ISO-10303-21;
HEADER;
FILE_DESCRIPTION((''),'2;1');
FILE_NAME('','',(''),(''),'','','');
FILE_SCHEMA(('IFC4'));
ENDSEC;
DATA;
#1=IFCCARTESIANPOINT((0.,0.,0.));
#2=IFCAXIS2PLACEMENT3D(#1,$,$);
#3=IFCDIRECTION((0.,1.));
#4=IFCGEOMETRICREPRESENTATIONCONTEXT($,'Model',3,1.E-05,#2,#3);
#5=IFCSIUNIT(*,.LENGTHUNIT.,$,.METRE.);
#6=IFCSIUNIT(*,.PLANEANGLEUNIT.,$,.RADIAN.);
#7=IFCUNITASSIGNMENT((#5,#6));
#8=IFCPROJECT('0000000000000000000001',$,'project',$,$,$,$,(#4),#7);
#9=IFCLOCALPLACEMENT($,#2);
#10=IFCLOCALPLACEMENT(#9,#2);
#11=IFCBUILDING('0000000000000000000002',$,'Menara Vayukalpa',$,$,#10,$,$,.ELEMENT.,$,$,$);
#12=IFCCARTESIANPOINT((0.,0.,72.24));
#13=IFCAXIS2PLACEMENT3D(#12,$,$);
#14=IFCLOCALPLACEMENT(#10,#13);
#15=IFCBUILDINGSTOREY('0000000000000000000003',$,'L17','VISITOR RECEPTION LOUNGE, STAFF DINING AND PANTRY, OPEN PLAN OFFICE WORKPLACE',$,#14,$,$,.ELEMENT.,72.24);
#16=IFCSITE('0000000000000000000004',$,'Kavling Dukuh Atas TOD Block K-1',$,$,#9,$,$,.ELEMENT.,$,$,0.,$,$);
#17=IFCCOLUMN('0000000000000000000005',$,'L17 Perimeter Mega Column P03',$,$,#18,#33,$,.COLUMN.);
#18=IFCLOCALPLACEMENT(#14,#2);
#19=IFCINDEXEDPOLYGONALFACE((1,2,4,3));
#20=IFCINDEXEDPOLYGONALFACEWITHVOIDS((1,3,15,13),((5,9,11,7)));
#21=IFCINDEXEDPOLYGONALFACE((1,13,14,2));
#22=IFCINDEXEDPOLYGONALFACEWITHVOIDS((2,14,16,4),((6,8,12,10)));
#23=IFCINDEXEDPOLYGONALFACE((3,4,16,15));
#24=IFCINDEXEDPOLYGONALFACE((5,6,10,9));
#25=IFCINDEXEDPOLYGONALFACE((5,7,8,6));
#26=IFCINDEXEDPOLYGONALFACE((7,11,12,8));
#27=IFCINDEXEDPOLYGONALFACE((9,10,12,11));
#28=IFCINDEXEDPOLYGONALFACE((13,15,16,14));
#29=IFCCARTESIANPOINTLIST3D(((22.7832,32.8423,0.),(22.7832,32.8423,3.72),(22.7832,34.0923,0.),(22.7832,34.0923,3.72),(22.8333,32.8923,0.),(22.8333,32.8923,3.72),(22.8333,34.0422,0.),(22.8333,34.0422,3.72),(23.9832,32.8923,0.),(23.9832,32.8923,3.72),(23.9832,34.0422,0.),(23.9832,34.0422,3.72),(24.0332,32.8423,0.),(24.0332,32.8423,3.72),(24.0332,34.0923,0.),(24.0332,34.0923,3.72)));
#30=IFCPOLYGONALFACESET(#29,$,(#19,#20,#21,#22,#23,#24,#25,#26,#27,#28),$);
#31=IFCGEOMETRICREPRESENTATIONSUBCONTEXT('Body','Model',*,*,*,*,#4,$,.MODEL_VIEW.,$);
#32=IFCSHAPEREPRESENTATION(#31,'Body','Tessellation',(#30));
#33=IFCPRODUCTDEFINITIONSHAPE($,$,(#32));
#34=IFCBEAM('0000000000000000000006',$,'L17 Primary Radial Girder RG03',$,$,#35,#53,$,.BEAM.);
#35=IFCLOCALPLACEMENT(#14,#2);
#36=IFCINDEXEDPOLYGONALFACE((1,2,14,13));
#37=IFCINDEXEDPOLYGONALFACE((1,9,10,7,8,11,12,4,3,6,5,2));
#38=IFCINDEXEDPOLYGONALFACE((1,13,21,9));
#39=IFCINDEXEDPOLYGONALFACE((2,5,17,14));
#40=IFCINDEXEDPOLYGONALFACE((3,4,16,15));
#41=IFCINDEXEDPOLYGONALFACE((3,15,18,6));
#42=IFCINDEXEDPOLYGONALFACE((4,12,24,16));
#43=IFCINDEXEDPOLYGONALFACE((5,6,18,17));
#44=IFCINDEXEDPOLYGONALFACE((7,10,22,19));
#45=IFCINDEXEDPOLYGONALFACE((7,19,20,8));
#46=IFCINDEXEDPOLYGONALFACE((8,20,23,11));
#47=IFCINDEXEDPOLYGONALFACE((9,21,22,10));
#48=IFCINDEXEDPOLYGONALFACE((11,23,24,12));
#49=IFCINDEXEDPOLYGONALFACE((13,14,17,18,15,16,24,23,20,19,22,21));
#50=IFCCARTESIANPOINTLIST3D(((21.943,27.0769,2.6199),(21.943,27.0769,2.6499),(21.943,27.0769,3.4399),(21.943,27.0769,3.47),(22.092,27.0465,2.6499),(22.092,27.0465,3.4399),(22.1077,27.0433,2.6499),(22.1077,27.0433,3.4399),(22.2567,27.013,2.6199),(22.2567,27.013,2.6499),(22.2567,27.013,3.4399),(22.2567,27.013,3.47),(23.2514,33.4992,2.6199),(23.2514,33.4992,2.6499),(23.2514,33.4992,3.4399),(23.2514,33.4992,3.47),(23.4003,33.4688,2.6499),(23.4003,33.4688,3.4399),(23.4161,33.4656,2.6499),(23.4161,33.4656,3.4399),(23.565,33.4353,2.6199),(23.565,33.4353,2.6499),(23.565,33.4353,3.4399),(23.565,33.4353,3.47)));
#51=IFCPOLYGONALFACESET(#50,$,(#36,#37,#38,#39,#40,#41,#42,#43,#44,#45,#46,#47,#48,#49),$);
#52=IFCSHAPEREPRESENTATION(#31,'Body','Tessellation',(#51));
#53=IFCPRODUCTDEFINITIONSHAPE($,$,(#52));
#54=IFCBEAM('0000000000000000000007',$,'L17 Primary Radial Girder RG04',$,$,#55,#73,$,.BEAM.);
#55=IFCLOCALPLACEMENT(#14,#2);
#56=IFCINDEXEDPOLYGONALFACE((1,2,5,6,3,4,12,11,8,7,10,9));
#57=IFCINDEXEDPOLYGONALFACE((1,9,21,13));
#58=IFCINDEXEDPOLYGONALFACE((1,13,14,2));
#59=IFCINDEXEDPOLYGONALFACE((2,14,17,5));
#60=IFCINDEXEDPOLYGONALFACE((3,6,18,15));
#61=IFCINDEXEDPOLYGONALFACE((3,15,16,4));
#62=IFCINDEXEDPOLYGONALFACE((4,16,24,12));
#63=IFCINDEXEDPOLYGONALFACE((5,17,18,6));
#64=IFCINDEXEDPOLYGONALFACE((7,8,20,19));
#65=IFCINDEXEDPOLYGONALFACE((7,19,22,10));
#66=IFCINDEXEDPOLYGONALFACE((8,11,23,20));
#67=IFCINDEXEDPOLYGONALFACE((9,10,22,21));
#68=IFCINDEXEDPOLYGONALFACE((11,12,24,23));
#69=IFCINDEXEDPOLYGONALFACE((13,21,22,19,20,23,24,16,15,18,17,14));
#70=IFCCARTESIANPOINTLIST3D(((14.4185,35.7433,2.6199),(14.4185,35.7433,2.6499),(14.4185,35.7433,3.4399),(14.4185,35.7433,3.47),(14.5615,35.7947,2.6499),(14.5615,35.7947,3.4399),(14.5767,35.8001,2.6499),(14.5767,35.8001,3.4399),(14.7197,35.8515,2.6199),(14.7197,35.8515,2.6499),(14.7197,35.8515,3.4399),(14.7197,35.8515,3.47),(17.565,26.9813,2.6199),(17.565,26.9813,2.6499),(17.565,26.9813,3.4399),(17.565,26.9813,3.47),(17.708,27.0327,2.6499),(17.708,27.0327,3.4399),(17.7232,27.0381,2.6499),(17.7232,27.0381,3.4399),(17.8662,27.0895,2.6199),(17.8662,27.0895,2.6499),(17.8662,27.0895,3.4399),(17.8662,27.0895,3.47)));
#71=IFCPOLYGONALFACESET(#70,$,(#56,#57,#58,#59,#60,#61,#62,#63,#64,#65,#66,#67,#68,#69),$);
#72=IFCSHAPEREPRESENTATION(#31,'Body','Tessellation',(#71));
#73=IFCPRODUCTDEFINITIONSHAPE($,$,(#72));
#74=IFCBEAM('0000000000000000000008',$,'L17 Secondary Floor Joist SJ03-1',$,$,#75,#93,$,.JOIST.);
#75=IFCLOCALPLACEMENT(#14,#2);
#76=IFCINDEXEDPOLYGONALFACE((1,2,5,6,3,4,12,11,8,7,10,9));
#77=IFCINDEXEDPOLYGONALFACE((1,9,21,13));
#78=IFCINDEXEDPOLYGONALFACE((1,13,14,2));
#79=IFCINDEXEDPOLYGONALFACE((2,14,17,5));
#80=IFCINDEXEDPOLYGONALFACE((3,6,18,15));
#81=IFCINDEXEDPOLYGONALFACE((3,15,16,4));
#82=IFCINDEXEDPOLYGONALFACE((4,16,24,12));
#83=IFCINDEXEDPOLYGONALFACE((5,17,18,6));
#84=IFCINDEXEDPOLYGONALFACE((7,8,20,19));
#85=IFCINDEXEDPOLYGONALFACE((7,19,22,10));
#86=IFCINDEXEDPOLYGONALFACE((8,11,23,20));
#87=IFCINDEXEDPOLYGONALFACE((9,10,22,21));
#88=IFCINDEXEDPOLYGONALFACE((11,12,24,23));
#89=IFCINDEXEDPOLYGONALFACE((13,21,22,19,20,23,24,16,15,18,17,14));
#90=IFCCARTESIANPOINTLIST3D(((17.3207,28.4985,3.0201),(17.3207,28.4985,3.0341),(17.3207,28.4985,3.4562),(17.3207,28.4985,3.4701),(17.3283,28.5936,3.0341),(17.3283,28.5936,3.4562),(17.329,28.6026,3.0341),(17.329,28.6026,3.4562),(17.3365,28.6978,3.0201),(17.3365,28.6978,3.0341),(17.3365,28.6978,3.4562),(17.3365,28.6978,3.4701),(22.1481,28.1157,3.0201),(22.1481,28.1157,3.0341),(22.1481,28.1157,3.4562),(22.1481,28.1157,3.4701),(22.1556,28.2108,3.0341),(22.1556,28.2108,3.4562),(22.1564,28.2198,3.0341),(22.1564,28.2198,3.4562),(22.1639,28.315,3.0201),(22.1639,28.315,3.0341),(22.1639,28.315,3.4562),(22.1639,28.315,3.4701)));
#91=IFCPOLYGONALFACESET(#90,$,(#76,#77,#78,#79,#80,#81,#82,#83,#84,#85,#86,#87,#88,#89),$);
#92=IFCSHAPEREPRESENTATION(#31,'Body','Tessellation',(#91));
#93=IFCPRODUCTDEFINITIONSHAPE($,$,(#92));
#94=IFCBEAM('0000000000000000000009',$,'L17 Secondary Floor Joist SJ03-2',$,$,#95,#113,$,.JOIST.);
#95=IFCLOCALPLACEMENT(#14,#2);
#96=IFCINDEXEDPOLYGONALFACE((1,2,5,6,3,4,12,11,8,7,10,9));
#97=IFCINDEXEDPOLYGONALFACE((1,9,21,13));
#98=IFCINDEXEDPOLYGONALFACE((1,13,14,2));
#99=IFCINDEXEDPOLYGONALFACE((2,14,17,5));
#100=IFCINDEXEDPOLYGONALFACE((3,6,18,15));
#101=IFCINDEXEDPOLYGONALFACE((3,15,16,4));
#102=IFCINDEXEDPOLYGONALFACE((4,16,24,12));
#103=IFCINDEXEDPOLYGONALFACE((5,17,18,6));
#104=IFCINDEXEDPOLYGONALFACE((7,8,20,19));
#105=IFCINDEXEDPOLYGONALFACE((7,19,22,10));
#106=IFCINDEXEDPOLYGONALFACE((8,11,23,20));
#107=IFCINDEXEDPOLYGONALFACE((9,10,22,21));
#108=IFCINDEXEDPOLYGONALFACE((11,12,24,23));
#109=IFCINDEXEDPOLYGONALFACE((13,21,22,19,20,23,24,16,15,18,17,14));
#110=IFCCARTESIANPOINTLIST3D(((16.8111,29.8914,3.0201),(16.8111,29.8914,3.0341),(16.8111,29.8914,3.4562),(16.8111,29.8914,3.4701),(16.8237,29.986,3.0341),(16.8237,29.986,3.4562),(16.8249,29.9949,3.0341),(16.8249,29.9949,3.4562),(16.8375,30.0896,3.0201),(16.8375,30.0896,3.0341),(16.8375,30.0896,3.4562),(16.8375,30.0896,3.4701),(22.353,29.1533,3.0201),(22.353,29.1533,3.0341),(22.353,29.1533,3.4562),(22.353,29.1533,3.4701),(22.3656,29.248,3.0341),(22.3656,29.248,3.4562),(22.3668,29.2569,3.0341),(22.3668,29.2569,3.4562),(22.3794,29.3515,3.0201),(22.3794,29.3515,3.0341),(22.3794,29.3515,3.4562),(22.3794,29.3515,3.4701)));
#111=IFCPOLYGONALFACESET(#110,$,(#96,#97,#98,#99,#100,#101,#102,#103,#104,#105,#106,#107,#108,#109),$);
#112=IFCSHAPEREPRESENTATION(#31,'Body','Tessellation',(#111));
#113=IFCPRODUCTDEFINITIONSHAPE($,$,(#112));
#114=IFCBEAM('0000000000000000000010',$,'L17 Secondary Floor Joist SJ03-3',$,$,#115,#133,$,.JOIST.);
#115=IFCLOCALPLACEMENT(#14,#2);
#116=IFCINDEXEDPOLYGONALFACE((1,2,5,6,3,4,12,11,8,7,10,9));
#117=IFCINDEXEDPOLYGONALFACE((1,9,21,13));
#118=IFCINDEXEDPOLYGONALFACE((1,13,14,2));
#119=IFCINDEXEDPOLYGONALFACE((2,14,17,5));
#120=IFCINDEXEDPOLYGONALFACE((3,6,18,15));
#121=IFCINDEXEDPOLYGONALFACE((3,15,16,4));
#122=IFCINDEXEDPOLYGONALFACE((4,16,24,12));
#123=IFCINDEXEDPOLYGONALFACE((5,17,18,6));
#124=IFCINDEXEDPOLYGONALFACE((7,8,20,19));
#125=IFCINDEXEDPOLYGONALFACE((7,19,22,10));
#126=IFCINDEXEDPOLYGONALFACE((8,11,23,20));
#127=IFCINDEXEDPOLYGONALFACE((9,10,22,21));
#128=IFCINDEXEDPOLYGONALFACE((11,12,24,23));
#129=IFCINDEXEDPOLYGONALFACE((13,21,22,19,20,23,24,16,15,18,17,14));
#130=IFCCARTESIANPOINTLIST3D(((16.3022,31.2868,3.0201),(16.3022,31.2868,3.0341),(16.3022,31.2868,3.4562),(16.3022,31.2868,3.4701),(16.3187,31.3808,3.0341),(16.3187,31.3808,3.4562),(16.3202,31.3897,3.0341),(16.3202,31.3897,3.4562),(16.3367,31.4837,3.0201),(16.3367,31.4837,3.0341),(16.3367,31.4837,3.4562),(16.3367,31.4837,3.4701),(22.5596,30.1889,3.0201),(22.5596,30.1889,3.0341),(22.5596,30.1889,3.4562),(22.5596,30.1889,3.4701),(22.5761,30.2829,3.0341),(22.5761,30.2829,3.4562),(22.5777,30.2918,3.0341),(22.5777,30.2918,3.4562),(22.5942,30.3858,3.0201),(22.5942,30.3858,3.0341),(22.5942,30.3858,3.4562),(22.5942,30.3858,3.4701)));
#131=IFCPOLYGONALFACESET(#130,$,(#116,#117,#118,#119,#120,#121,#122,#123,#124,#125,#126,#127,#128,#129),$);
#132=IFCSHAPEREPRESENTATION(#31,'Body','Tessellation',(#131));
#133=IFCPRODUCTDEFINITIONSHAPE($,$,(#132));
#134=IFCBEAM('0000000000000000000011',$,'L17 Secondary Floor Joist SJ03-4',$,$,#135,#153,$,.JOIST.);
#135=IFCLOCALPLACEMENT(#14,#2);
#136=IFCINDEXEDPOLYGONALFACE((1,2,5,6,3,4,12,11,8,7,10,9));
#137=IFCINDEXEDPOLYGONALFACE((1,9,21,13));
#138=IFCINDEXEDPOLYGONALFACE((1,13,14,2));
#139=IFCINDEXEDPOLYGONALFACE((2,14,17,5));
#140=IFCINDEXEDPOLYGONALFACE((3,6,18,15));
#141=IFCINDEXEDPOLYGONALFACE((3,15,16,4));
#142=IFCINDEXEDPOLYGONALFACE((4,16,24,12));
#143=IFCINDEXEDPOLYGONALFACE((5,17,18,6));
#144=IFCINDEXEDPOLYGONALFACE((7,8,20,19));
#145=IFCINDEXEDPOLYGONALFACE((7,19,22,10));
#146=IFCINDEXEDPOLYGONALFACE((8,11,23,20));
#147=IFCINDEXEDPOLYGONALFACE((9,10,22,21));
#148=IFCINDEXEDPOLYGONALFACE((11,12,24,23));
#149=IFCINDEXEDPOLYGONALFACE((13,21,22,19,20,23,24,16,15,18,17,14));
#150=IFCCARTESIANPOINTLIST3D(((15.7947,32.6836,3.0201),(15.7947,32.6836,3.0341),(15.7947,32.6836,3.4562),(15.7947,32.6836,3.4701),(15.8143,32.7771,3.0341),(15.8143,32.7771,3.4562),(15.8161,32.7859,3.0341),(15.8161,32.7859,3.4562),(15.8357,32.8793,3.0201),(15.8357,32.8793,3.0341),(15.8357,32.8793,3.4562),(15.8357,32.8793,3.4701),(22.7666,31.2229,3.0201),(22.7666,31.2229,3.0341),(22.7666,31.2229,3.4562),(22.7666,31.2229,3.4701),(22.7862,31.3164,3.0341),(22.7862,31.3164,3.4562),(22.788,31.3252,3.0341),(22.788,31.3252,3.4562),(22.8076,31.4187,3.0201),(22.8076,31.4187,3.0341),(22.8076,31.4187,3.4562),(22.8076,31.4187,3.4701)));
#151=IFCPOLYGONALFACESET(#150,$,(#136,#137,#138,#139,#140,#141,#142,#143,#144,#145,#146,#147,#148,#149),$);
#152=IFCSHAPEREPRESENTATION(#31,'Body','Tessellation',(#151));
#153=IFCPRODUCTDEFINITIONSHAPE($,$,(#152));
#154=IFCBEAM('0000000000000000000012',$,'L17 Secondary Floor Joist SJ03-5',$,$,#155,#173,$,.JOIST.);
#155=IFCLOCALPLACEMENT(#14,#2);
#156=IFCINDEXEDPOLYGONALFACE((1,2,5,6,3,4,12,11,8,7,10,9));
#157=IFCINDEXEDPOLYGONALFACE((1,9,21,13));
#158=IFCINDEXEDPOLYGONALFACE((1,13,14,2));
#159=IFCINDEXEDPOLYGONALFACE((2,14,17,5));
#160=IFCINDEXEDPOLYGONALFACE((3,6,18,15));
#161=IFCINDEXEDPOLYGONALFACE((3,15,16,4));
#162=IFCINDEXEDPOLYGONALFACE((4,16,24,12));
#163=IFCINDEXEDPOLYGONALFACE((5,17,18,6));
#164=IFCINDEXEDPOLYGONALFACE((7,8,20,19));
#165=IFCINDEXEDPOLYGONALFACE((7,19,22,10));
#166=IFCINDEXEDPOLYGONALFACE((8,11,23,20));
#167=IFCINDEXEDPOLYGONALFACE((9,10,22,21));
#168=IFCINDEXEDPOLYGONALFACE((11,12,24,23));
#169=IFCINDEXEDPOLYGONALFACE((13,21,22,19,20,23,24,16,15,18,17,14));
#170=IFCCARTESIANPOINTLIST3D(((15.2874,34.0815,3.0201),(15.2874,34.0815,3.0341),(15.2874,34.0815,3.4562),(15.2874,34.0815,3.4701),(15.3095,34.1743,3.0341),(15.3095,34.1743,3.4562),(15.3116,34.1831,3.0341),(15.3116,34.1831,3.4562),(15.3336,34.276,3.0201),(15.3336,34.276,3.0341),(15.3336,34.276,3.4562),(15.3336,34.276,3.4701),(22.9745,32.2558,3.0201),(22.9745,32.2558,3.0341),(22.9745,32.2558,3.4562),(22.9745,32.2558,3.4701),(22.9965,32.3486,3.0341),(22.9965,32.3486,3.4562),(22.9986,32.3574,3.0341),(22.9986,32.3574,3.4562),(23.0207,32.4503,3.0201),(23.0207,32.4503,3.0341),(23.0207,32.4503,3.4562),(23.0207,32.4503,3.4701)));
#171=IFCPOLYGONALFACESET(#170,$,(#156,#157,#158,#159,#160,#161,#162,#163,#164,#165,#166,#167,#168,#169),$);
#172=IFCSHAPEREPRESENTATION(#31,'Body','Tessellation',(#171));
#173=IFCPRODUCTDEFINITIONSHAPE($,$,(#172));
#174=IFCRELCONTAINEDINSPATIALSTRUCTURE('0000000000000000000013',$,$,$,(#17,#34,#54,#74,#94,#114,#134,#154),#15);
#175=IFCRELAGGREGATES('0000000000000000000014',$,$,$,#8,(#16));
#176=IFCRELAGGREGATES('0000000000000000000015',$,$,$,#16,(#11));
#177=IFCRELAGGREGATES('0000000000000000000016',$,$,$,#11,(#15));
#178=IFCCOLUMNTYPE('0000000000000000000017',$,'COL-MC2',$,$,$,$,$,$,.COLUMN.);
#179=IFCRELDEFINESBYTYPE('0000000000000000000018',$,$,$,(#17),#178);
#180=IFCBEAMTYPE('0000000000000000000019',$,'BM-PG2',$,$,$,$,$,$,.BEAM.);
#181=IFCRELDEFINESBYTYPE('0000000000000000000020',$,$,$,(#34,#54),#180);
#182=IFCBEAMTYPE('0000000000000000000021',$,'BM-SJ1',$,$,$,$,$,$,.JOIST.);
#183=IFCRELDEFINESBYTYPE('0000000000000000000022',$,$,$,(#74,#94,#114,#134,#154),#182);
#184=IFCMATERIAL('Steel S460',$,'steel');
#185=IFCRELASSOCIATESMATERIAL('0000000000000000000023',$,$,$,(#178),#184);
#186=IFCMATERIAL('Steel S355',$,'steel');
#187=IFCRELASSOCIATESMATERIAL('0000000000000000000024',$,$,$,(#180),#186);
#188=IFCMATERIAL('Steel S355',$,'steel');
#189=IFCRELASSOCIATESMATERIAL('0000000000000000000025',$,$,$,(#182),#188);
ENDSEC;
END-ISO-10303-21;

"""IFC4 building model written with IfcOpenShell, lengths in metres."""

from ifc_helpers import new_model, si_unit, direction, frame, origin, origin_2d, place, context, subcontext, project, spatial, hollow_rectangle, i_section, extrude, material, material_profile, profile_set, type_object, element, save


model = new_model("IFC4")

# Units and contexts
model_context = context("Model", 3, precision=1e-05, world=origin(), true_north=direction((0.0, 1.0)))
body_context = subcontext(model_context, "Body", "Model", "MODEL_VIEW")
ifc_project = project(units=[si_unit("LENGTHUNIT", "METRE"), si_unit("PLANEANGLEUNIT", "RADIAN")], contexts=[model_context])

# Site, building, storey
site_placement = place(None, origin())
site = spatial("IfcSite", under=ifc_project, at=site_placement, Name="Kavling Dukuh Atas TOD Block K-1", CompositionType="ELEMENT", RefElevation=0.0)
building_placement = place(site_placement, origin())
building = spatial("IfcBuilding", under=site, at=building_placement, Name="Menara Vayukalpa", CompositionType="ELEMENT")
storey_placement = place(building_placement, frame((0.0, 0.0, 72.24)))
storey = spatial("IfcBuildingStorey", under=building, at=storey_placement, Name="L17", Description="VISITOR RECEPTION LOUNGE, STAFF DINING AND PANTRY, OPEN PLAN OFFICE WORKPLACE", CompositionType="ELEMENT", Elevation=72.24)

# Column
ifc_material_1 = material(Name="Steel S460", Category="steel")
ifc_material_profile_1 = material_profile(ifc_material_1, hollow_rectangle(XDim=1.25, YDim=1.25, WallThickness=0.05, at=origin_2d()), Name="BOX 1250x1250x50")
ifc_profile_set_1 = profile_set([ifc_material_profile_1], Name="Steel S460")
column_type = type_object("IfcColumnType", Name="COL-MC2", PredefinedType="COLUMN", material=ifc_profile_set_1)
column_placement = place(storey_placement, frame((23.4082, 33.4673, 0.0), z_axis=(0.0, 0.0, 1.0), x_axis=(1.0, 0.0, 0.0)))
element("IfcColumn", 1, at=column_placement, inside=storey, type_object=column_type, Name="L17 Perimeter Mega Column P03", PredefinedType="COLUMN", context=body_context, shape_type="SweptSolid", body=[
    extrude(hollow_rectangle(XDim=1.25, YDim=1.25, WallThickness=0.05, at=origin_2d()), origin(), (0.0, 0.0, 1.0), 3.72),
])

# Beams
ifc_material_2 = material(Name="Steel S355", Category="steel")
ifc_material_profile_2 = material_profile(ifc_material_2, i_section(OverallWidth=0.3201, OverallDepth=0.8501, WebThickness=0.0161, FlangeThickness=0.03, at=origin_2d()), Name="WF 850x320x16x30")
ifc_profile_set_2 = profile_set([ifc_material_profile_2], Name="Steel S355")
beam_type_1 = type_object("IfcBeamType", Name="BM-PG2", PredefinedType="BEAM", material=ifc_profile_set_2)
beam_1_placement = place(storey_placement, frame((22.0999, 27.0449, 3.0449), z_axis=(0.199618, 0.979874, 0.0), x_axis=(-0.979874, 0.199618, 0.0)))
element("IfcBeam", 2, at=beam_1_placement, inside=storey, type_object=beam_type_1, Name="L17 Primary Radial Girder RG03", PredefinedType="BEAM", context=body_context, shape_type="SweptSolid", body=[
    extrude(i_section(OverallWidth=0.3201, OverallDepth=0.8501, WebThickness=0.0161, FlangeThickness=0.03, at=origin_2d()), origin(), (0.0, 0.0, 1.0), 6.5542),
])
beam_2_placement = place(storey_placement, frame((17.7156, 27.0354, 3.0449), z_axis=(-0.337976, 0.941155, 0.0), x_axis=(-0.941155, -0.337976, 0.0)))
element("IfcBeam", 3, at=beam_2_placement, inside=storey, type_object=beam_type_1, Name="L17 Primary Radial Girder RG04", PredefinedType="BEAM", context=body_context, shape_type="SweptSolid", body=[
    extrude(i_section(OverallWidth=0.3201, OverallDepth=0.8501, WebThickness=0.0161, FlangeThickness=0.03, at=origin_2d()), origin(), (0.0, 0.0, 1.0), 9.3098),
])
ifc_material_3 = material(Name="Steel S355", Category="steel")
ifc_material_profile_3 = material_profile(ifc_material_3, i_section(OverallWidth=0.2, OverallDepth=0.45, WebThickness=0.009, FlangeThickness=0.0139, at=origin_2d()), Name="WF 450x200x9x14")
ifc_profile_set_3 = profile_set([ifc_material_profile_3], Name="Steel S355")
beam_type_2 = type_object("IfcBeamType", Name="BM-SJ1", PredefinedType="JOIST", material=ifc_profile_set_3)
beam_3_placement = place(storey_placement, frame((22.156, 28.2153, 3.2451), z_axis=(-0.996871, 0.079052, 0.0), x_axis=(-0.079052, -0.996871, 0.0)))
element("IfcBeam", 4, at=beam_3_placement, inside=storey, type_object=beam_type_2, Name="L17 Secondary Floor Joist SJ03-1", PredefinedType="JOIST", context=body_context, shape_type="SweptSolid", body=[
    extrude(i_section(OverallWidth=0.2, OverallDepth=0.45, WebThickness=0.009, FlangeThickness=0.0139, at=origin_2d()), origin(), (0.0, 0.0, 1.0), 4.8425),
])
beam_4_placement = place(storey_placement, frame((22.3662, 29.2524, 3.2451), z_axis=(-0.991249, 0.132006, 0.0), x_axis=(-0.132006, -0.991249, 0.0)))
element("IfcBeam", 5, at=beam_4_placement, inside=storey, type_object=beam_type_2, Name="L17 Secondary Floor Joist SJ03-2", PredefinedType="JOIST", context=body_context, shape_type="SweptSolid", body=[
    extrude(i_section(OverallWidth=0.2, OverallDepth=0.45, WebThickness=0.009, FlangeThickness=0.0139, at=origin_2d()), origin(), (0.0, 0.0, 1.0), 5.5908),
])
beam_5_placement = place(storey_placement, frame((22.5769, 30.2874, 3.2451), z_axis=(-0.984954, 0.172818, 0.0), x_axis=(-0.172818, -0.984954, 0.0)))
element("IfcBeam", 6, at=beam_5_placement, inside=storey, type_object=beam_type_2, Name="L17 Secondary Floor Joist SJ03-3", PredefinedType="JOIST", context=body_context, shape_type="SweptSolid", body=[
    extrude(i_section(OverallWidth=0.2, OverallDepth=0.45, WebThickness=0.009, FlangeThickness=0.0139, at=origin_2d()), origin(), (0.0, 0.0, 1.0), 6.353),
])
beam_6_placement = place(storey_placement, frame((22.7871, 31.3208, 3.2451), z_axis=(-0.97875, 0.205059, 0.0), x_axis=(-0.205059, -0.97875, 0.0)))
element("IfcBeam", 7, at=beam_6_placement, inside=storey, type_object=beam_type_2, Name="L17 Secondary Floor Joist SJ03-4", PredefinedType="JOIST", context=body_context, shape_type="SweptSolid", body=[
    extrude(i_section(OverallWidth=0.2, OverallDepth=0.45, WebThickness=0.009, FlangeThickness=0.0139, at=origin_2d()), origin(), (0.0, 0.0, 1.0), 7.1233),
])
beam_7_placement = place(storey_placement, frame((22.9976, 32.353, 3.2451), z_axis=(-0.972936, 0.231075, 0.0), x_axis=(-0.231075, -0.972936, 0.0)))
element("IfcBeam", 8, at=beam_7_placement, inside=storey, type_object=beam_type_2, Name="L17 Secondary Floor Joist SJ03-5", PredefinedType="JOIST", context=body_context, shape_type="SweptSolid", body=[
    extrude(i_section(OverallWidth=0.2, OverallDepth=0.45, WebThickness=0.009, FlangeThickness=0.0139, at=origin_2d()), origin(), (0.0, 0.0, 1.0), 7.9009),
])

save(model, "model.ifc")
